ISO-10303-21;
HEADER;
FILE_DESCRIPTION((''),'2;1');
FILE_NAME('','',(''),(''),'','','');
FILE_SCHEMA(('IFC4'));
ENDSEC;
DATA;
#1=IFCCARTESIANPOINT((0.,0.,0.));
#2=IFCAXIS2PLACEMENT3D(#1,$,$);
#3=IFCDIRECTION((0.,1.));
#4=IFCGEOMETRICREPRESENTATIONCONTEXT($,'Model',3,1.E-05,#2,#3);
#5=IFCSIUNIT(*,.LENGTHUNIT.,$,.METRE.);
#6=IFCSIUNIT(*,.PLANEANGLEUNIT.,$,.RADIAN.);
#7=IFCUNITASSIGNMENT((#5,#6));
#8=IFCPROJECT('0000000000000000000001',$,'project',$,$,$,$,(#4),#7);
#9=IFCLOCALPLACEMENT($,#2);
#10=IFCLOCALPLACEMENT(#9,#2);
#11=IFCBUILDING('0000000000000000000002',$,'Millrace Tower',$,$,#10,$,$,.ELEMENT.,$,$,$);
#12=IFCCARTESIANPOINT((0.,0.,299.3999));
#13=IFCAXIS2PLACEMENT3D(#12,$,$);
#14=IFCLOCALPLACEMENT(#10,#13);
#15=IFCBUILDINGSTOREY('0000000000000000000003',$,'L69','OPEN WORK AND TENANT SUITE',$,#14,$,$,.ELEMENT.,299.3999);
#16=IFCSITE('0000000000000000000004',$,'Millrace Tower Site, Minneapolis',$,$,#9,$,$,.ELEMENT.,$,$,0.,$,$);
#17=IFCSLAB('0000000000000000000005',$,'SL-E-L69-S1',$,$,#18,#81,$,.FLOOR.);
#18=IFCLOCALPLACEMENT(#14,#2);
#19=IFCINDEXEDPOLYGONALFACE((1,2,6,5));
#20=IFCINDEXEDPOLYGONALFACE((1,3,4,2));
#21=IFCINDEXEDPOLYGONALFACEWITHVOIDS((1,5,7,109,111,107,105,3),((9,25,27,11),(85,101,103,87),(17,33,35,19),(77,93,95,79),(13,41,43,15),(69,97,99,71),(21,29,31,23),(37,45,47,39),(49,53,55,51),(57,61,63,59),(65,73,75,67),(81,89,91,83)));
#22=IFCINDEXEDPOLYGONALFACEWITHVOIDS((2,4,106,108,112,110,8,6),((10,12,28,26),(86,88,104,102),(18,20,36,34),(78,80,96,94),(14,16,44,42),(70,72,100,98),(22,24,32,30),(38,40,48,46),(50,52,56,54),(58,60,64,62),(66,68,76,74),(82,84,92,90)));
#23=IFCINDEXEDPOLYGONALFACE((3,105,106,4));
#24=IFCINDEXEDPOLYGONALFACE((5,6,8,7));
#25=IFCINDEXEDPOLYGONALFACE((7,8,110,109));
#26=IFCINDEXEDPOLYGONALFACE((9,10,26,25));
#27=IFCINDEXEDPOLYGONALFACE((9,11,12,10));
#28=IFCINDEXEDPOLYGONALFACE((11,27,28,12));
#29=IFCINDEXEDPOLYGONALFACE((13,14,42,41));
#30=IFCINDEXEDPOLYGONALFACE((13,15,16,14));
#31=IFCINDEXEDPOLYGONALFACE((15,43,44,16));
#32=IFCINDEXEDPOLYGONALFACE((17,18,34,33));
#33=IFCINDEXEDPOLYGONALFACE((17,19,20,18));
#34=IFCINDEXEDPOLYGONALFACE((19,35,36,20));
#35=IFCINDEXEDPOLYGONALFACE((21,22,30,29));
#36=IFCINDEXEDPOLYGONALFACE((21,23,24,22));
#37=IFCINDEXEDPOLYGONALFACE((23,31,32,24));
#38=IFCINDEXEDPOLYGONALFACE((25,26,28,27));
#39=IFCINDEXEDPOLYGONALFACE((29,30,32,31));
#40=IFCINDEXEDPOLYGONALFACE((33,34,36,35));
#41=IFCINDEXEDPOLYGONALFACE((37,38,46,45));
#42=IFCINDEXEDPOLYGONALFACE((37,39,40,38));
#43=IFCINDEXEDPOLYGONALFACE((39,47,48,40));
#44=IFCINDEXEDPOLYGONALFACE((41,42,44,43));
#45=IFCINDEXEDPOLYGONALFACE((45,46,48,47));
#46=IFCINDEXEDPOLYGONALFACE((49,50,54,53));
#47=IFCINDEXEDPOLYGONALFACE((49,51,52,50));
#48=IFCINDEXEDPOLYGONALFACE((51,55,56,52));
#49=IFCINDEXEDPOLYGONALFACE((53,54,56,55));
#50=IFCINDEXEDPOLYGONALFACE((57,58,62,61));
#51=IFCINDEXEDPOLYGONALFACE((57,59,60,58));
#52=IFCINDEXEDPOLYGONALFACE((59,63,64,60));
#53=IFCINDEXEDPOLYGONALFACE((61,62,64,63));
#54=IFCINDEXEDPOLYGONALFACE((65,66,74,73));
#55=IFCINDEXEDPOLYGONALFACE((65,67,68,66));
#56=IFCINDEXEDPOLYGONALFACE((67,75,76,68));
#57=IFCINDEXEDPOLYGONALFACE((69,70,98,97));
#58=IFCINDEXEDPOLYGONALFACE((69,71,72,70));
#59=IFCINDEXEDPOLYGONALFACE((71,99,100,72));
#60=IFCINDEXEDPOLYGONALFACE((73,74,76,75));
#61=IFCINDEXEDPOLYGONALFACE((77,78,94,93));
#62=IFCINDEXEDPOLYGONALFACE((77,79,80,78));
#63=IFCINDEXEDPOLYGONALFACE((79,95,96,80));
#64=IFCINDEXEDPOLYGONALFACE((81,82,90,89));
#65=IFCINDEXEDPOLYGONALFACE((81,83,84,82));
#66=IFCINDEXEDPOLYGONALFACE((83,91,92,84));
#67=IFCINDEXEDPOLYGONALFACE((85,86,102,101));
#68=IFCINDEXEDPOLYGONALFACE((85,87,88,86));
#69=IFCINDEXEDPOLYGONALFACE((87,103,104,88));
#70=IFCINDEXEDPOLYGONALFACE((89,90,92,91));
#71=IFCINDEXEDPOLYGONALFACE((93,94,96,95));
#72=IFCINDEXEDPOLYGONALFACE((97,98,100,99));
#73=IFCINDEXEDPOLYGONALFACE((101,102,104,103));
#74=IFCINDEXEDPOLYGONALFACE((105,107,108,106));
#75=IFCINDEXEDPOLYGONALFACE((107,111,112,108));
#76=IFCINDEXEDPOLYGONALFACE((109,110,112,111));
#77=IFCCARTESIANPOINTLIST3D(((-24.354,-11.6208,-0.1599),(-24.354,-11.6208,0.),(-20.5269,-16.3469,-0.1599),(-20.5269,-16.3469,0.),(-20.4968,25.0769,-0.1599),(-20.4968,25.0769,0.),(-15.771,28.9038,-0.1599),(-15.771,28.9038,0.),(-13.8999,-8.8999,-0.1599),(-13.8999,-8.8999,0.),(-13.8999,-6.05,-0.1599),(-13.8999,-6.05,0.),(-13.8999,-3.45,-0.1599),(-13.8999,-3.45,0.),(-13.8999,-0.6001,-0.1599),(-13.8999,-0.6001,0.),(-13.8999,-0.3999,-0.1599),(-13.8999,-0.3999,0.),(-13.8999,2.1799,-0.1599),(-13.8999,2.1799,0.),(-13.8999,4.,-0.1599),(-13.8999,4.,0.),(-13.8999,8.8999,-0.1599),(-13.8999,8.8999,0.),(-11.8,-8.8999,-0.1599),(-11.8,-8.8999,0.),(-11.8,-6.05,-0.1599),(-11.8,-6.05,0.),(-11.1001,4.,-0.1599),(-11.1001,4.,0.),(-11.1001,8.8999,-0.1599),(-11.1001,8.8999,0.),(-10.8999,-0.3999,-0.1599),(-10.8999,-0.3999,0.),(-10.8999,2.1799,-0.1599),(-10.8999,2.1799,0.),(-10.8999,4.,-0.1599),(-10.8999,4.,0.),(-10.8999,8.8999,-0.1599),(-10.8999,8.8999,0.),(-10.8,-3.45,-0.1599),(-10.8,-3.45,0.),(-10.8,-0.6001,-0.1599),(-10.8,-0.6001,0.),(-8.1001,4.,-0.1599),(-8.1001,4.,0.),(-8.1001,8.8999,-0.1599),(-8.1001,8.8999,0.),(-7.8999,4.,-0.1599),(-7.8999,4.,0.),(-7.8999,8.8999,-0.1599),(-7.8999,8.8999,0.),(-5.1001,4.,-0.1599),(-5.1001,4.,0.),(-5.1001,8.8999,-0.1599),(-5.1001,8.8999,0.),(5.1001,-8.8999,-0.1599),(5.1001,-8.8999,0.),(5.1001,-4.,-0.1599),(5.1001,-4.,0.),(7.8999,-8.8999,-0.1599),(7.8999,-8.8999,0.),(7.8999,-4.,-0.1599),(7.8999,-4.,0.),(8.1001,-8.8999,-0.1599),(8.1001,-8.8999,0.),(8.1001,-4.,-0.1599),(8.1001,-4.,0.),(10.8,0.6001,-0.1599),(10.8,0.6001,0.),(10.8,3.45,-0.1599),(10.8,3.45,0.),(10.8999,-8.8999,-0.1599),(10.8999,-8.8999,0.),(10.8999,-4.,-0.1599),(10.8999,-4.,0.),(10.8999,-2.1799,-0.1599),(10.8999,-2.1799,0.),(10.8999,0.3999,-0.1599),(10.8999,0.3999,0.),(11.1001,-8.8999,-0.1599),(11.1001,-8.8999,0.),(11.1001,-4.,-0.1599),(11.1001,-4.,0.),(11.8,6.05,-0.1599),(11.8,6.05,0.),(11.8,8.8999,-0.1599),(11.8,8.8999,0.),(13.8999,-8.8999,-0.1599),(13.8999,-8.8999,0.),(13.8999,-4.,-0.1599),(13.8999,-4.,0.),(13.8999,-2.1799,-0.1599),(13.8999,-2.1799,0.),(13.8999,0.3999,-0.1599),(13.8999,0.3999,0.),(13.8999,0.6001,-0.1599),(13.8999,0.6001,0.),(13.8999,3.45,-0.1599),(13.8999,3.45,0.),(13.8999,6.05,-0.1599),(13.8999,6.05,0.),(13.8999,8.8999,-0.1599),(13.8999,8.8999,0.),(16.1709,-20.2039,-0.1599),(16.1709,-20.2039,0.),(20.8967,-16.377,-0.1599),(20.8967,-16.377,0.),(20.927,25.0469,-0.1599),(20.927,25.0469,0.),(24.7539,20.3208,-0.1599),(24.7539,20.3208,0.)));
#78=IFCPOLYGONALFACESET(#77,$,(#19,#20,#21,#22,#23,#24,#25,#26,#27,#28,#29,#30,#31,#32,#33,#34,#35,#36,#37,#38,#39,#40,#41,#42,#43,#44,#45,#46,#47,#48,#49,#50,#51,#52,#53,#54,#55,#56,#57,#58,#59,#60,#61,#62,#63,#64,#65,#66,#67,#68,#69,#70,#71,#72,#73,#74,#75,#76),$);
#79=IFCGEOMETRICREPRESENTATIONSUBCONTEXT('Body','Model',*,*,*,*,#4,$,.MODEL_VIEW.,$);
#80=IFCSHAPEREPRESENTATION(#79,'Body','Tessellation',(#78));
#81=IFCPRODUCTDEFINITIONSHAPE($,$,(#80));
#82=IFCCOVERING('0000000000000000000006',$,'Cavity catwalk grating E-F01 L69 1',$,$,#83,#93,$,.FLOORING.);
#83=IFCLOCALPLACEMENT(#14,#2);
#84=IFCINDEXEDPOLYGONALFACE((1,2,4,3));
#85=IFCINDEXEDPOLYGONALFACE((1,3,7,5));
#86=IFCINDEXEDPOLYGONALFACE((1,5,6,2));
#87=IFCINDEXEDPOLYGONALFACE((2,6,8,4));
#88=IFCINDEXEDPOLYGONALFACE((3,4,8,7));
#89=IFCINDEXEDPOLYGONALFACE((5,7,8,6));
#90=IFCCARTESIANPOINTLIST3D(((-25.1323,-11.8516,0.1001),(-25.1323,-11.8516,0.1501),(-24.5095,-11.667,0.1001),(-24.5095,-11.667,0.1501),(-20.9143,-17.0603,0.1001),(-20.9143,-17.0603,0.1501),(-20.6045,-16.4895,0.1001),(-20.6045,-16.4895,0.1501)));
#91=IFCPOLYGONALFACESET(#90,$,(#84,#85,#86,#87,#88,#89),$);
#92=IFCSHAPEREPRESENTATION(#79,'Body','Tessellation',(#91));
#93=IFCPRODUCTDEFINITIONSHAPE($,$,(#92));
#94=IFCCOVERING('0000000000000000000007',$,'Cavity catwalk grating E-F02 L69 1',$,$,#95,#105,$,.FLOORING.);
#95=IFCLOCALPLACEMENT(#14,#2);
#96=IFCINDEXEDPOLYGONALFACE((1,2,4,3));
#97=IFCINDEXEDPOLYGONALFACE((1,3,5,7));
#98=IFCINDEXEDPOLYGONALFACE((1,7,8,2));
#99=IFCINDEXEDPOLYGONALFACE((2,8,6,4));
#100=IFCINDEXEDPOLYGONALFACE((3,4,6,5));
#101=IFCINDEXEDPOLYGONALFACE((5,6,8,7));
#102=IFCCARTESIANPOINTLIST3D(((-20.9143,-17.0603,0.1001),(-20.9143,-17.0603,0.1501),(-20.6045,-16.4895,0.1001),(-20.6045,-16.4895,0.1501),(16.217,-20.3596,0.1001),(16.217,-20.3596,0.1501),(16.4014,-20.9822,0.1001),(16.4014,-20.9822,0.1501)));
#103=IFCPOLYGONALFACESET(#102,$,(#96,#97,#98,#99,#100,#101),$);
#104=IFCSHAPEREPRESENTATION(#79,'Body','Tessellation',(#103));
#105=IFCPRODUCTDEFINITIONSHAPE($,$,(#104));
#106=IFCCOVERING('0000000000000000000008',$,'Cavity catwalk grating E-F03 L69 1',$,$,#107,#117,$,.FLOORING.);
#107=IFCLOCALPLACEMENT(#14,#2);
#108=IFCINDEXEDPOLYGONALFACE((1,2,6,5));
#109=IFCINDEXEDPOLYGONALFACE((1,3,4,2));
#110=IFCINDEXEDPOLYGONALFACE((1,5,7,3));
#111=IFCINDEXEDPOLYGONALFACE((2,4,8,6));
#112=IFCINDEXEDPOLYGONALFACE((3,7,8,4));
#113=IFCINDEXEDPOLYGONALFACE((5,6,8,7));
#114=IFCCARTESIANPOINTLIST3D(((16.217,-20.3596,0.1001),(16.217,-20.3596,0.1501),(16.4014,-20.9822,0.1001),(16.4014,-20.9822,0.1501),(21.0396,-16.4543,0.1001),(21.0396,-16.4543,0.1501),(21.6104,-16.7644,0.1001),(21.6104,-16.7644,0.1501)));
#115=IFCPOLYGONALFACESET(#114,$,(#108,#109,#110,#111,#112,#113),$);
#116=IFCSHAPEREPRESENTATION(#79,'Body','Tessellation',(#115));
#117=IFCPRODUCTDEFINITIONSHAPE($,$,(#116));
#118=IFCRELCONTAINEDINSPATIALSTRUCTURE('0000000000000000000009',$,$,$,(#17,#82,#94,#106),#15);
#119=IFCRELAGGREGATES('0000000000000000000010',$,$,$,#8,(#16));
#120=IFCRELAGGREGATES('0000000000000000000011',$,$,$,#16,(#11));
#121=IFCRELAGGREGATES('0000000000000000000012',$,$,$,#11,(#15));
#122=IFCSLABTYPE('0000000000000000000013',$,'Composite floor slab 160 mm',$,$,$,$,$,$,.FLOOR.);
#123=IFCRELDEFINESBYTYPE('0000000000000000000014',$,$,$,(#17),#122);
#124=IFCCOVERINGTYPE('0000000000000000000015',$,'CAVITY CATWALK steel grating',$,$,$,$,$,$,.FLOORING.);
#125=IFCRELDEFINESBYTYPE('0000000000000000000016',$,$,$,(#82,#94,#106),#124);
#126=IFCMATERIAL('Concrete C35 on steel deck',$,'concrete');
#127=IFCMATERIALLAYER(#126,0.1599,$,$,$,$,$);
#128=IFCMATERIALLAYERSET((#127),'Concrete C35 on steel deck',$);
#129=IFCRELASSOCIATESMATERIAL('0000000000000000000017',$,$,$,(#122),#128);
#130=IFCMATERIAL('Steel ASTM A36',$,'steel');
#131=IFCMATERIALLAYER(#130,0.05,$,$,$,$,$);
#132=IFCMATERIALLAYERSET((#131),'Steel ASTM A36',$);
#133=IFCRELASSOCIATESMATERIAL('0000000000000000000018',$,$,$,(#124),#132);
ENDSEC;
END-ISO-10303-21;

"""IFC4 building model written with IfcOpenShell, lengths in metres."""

from ifc_helpers import new_model, si_unit, direction, frame, origin, place, context, subcontext, project, spatial, polyline, outline, extrude, material, layer, layer_set, type_object, element, save


model = new_model("IFC4")

# Units and contexts
model_context = context("Model", 3, precision=1e-05, world=origin(), true_north=direction((0.0, 1.0)))
body_context = subcontext(model_context, "Body", "Model", "MODEL_VIEW")
ifc_project = project(units=[si_unit("LENGTHUNIT", "METRE"), si_unit("PLANEANGLEUNIT", "RADIAN")], contexts=[model_context])

# Site, building, storey
site_placement = place(None, origin())
site = spatial("IfcSite", under=ifc_project, at=site_placement, Name="Millrace Tower Site, Minneapolis", CompositionType="ELEMENT", RefElevation=0.0)
building_placement = place(site_placement, origin())
building = spatial("IfcBuilding", under=site, at=building_placement, Name="Millrace Tower", CompositionType="ELEMENT")
storey_placement = place(building_placement, frame((0.0, 0.0, 299.3999)))
storey = spatial("IfcBuildingStorey", under=building, at=storey_placement, Name="L69", Description="OPEN WORK AND TENANT SUITE", CompositionType="ELEMENT", Elevation=299.3999)

# Slab
ifc_material_1 = material(Name="Concrete C35 on steel deck", Category="concrete")
ifc_layer_1 = layer(ifc_material_1, 0.1599)
ifc_layer_set_1 = layer_set([ifc_layer_1], Name="Concrete C35 on steel deck")
slab_type = type_object("IfcSlabType", Name="Composite floor slab 160 mm", PredefinedType="FLOOR", material=ifc_layer_set_1)
slab_placement = place(storey_placement, frame((0.0, 0.0, -0.1599)))
element("IfcSlab", 1, at=slab_placement, inside=storey, type_object=slab_type, Name="SL-E-L69-S1", PredefinedType="FLOOR", context=body_context, shape_type="SweptSolid", body=[
    extrude(outline(polyline([(-24.354, -11.6208), (-20.5269, -16.3469), (16.1709, -20.2039), (20.8967, -16.377), (24.7539, 20.3208), (20.927, 25.0469), (-15.771, 28.9038), (-20.4968, 25.0769), (-24.354, -11.6208)]), holes=[polyline([(-13.8999, -8.8999), (-11.8, -8.8999), (-11.8, -6.05), (-13.8999, -6.05), (-13.8999, -8.8999)]), polyline([(-13.8999, -3.45), (-10.8, -3.45), (-10.8, -0.6001), (-13.8999, -0.6001), (-13.8999, -3.45)]), polyline([(-13.8999, -0.3999), (-10.8999, -0.3999), (-10.8999, 2.1799), (-13.8999, 2.1799), (-13.8999, -0.3999)]), polyline([(-13.8999, 4.0), (-11.1001, 4.0), (-11.1001, 8.8999), (-13.8999, 8.8999), (-13.8999, 4.0)]), polyline([(-10.8999, 4.0), (-8.1001, 4.0), (-8.1001, 8.8999), (-10.8999, 8.8999), (-10.8999, 4.0)]), polyline([(-7.8999, 4.0), (-5.1001, 4.0), (-5.1001, 8.8999), (-7.8999, 8.8999), (-7.8999, 4.0)]), polyline([(11.8, 6.05), (13.8999, 6.05), (13.8999, 8.8999), (11.8, 8.8999), (11.8, 6.05)]), polyline([(10.8, 0.6001), (13.8999, 0.6001), (13.8999, 3.45), (10.8, 3.45), (10.8, 0.6001)]), polyline([(10.8999, -2.1799), (13.8999, -2.1799), (13.8999, 0.3999), (10.8999, 0.3999), (10.8999, -2.1799)]), polyline([(11.1001, -8.8999), (13.8999, -8.8999), (13.8999, -4.0), (11.1001, -4.0), (11.1001, -8.8999)]), polyline([(8.1001, -8.8999), (10.8999, -8.8999), (10.8999, -4.0), (8.1001, -4.0), (8.1001, -8.8999)]), polyline([(5.1001, -8.8999), (7.8999, -8.8999), (7.8999, -4.0), (5.1001, -4.0), (5.1001, -8.8999)])]), origin(), (0.0, 0.0, 1.0), 0.1599),
])

# Coverings
ifc_material_2 = material(Name="Steel ASTM A36", Category="steel")
ifc_layer_2 = layer(ifc_material_2, 0.05)
ifc_layer_set_2 = layer_set([ifc_layer_2], Name="Steel ASTM A36")
covering_type = type_object("IfcCoveringType", Name="CAVITY CATWALK steel grating", PredefinedType="FLOORING", material=ifc_layer_set_2)
placement_1 = place(storey_placement, frame((0.0, 0.0, 0.1001)))
element("IfcCovering", 2, at=placement_1, inside=storey, type_object=covering_type, Name="Cavity catwalk grating E-F01 L69 1", PredefinedType="FLOORING", context=body_context, shape_type="SweptSolid", body=[
    extrude(outline(polyline([(-25.1323, -11.8516), (-20.9143, -17.0603), (-20.6045, -16.4895), (-24.5095, -11.667), (-25.1323, -11.8516)])), origin(), (0.0, 0.0, 1.0), 0.05),
])
element("IfcCovering", 3, at=placement_1, inside=storey, type_object=covering_type, Name="Cavity catwalk grating E-F02 L69 1", PredefinedType="FLOORING", context=body_context, shape_type="SweptSolid", body=[
    extrude(outline(polyline([(-20.9143, -17.0603), (16.4014, -20.9822), (16.217, -20.3596), (-20.6045, -16.4895), (-20.9143, -17.0603)])), origin(), (0.0, 0.0, 1.0), 0.05),
])
element("IfcCovering", 4, at=placement_1, inside=storey, type_object=covering_type, Name="Cavity catwalk grating E-F03 L69 1", PredefinedType="FLOORING", context=body_context, shape_type="SweptSolid", body=[
    extrude(outline(polyline([(16.4014, -20.9822), (21.6104, -16.7644), (21.0396, -16.4543), (16.217, -20.3596), (16.4014, -20.9822)])), origin(), (0.0, 0.0, 1.0), 0.05),
])

save(model, "model.ifc")
